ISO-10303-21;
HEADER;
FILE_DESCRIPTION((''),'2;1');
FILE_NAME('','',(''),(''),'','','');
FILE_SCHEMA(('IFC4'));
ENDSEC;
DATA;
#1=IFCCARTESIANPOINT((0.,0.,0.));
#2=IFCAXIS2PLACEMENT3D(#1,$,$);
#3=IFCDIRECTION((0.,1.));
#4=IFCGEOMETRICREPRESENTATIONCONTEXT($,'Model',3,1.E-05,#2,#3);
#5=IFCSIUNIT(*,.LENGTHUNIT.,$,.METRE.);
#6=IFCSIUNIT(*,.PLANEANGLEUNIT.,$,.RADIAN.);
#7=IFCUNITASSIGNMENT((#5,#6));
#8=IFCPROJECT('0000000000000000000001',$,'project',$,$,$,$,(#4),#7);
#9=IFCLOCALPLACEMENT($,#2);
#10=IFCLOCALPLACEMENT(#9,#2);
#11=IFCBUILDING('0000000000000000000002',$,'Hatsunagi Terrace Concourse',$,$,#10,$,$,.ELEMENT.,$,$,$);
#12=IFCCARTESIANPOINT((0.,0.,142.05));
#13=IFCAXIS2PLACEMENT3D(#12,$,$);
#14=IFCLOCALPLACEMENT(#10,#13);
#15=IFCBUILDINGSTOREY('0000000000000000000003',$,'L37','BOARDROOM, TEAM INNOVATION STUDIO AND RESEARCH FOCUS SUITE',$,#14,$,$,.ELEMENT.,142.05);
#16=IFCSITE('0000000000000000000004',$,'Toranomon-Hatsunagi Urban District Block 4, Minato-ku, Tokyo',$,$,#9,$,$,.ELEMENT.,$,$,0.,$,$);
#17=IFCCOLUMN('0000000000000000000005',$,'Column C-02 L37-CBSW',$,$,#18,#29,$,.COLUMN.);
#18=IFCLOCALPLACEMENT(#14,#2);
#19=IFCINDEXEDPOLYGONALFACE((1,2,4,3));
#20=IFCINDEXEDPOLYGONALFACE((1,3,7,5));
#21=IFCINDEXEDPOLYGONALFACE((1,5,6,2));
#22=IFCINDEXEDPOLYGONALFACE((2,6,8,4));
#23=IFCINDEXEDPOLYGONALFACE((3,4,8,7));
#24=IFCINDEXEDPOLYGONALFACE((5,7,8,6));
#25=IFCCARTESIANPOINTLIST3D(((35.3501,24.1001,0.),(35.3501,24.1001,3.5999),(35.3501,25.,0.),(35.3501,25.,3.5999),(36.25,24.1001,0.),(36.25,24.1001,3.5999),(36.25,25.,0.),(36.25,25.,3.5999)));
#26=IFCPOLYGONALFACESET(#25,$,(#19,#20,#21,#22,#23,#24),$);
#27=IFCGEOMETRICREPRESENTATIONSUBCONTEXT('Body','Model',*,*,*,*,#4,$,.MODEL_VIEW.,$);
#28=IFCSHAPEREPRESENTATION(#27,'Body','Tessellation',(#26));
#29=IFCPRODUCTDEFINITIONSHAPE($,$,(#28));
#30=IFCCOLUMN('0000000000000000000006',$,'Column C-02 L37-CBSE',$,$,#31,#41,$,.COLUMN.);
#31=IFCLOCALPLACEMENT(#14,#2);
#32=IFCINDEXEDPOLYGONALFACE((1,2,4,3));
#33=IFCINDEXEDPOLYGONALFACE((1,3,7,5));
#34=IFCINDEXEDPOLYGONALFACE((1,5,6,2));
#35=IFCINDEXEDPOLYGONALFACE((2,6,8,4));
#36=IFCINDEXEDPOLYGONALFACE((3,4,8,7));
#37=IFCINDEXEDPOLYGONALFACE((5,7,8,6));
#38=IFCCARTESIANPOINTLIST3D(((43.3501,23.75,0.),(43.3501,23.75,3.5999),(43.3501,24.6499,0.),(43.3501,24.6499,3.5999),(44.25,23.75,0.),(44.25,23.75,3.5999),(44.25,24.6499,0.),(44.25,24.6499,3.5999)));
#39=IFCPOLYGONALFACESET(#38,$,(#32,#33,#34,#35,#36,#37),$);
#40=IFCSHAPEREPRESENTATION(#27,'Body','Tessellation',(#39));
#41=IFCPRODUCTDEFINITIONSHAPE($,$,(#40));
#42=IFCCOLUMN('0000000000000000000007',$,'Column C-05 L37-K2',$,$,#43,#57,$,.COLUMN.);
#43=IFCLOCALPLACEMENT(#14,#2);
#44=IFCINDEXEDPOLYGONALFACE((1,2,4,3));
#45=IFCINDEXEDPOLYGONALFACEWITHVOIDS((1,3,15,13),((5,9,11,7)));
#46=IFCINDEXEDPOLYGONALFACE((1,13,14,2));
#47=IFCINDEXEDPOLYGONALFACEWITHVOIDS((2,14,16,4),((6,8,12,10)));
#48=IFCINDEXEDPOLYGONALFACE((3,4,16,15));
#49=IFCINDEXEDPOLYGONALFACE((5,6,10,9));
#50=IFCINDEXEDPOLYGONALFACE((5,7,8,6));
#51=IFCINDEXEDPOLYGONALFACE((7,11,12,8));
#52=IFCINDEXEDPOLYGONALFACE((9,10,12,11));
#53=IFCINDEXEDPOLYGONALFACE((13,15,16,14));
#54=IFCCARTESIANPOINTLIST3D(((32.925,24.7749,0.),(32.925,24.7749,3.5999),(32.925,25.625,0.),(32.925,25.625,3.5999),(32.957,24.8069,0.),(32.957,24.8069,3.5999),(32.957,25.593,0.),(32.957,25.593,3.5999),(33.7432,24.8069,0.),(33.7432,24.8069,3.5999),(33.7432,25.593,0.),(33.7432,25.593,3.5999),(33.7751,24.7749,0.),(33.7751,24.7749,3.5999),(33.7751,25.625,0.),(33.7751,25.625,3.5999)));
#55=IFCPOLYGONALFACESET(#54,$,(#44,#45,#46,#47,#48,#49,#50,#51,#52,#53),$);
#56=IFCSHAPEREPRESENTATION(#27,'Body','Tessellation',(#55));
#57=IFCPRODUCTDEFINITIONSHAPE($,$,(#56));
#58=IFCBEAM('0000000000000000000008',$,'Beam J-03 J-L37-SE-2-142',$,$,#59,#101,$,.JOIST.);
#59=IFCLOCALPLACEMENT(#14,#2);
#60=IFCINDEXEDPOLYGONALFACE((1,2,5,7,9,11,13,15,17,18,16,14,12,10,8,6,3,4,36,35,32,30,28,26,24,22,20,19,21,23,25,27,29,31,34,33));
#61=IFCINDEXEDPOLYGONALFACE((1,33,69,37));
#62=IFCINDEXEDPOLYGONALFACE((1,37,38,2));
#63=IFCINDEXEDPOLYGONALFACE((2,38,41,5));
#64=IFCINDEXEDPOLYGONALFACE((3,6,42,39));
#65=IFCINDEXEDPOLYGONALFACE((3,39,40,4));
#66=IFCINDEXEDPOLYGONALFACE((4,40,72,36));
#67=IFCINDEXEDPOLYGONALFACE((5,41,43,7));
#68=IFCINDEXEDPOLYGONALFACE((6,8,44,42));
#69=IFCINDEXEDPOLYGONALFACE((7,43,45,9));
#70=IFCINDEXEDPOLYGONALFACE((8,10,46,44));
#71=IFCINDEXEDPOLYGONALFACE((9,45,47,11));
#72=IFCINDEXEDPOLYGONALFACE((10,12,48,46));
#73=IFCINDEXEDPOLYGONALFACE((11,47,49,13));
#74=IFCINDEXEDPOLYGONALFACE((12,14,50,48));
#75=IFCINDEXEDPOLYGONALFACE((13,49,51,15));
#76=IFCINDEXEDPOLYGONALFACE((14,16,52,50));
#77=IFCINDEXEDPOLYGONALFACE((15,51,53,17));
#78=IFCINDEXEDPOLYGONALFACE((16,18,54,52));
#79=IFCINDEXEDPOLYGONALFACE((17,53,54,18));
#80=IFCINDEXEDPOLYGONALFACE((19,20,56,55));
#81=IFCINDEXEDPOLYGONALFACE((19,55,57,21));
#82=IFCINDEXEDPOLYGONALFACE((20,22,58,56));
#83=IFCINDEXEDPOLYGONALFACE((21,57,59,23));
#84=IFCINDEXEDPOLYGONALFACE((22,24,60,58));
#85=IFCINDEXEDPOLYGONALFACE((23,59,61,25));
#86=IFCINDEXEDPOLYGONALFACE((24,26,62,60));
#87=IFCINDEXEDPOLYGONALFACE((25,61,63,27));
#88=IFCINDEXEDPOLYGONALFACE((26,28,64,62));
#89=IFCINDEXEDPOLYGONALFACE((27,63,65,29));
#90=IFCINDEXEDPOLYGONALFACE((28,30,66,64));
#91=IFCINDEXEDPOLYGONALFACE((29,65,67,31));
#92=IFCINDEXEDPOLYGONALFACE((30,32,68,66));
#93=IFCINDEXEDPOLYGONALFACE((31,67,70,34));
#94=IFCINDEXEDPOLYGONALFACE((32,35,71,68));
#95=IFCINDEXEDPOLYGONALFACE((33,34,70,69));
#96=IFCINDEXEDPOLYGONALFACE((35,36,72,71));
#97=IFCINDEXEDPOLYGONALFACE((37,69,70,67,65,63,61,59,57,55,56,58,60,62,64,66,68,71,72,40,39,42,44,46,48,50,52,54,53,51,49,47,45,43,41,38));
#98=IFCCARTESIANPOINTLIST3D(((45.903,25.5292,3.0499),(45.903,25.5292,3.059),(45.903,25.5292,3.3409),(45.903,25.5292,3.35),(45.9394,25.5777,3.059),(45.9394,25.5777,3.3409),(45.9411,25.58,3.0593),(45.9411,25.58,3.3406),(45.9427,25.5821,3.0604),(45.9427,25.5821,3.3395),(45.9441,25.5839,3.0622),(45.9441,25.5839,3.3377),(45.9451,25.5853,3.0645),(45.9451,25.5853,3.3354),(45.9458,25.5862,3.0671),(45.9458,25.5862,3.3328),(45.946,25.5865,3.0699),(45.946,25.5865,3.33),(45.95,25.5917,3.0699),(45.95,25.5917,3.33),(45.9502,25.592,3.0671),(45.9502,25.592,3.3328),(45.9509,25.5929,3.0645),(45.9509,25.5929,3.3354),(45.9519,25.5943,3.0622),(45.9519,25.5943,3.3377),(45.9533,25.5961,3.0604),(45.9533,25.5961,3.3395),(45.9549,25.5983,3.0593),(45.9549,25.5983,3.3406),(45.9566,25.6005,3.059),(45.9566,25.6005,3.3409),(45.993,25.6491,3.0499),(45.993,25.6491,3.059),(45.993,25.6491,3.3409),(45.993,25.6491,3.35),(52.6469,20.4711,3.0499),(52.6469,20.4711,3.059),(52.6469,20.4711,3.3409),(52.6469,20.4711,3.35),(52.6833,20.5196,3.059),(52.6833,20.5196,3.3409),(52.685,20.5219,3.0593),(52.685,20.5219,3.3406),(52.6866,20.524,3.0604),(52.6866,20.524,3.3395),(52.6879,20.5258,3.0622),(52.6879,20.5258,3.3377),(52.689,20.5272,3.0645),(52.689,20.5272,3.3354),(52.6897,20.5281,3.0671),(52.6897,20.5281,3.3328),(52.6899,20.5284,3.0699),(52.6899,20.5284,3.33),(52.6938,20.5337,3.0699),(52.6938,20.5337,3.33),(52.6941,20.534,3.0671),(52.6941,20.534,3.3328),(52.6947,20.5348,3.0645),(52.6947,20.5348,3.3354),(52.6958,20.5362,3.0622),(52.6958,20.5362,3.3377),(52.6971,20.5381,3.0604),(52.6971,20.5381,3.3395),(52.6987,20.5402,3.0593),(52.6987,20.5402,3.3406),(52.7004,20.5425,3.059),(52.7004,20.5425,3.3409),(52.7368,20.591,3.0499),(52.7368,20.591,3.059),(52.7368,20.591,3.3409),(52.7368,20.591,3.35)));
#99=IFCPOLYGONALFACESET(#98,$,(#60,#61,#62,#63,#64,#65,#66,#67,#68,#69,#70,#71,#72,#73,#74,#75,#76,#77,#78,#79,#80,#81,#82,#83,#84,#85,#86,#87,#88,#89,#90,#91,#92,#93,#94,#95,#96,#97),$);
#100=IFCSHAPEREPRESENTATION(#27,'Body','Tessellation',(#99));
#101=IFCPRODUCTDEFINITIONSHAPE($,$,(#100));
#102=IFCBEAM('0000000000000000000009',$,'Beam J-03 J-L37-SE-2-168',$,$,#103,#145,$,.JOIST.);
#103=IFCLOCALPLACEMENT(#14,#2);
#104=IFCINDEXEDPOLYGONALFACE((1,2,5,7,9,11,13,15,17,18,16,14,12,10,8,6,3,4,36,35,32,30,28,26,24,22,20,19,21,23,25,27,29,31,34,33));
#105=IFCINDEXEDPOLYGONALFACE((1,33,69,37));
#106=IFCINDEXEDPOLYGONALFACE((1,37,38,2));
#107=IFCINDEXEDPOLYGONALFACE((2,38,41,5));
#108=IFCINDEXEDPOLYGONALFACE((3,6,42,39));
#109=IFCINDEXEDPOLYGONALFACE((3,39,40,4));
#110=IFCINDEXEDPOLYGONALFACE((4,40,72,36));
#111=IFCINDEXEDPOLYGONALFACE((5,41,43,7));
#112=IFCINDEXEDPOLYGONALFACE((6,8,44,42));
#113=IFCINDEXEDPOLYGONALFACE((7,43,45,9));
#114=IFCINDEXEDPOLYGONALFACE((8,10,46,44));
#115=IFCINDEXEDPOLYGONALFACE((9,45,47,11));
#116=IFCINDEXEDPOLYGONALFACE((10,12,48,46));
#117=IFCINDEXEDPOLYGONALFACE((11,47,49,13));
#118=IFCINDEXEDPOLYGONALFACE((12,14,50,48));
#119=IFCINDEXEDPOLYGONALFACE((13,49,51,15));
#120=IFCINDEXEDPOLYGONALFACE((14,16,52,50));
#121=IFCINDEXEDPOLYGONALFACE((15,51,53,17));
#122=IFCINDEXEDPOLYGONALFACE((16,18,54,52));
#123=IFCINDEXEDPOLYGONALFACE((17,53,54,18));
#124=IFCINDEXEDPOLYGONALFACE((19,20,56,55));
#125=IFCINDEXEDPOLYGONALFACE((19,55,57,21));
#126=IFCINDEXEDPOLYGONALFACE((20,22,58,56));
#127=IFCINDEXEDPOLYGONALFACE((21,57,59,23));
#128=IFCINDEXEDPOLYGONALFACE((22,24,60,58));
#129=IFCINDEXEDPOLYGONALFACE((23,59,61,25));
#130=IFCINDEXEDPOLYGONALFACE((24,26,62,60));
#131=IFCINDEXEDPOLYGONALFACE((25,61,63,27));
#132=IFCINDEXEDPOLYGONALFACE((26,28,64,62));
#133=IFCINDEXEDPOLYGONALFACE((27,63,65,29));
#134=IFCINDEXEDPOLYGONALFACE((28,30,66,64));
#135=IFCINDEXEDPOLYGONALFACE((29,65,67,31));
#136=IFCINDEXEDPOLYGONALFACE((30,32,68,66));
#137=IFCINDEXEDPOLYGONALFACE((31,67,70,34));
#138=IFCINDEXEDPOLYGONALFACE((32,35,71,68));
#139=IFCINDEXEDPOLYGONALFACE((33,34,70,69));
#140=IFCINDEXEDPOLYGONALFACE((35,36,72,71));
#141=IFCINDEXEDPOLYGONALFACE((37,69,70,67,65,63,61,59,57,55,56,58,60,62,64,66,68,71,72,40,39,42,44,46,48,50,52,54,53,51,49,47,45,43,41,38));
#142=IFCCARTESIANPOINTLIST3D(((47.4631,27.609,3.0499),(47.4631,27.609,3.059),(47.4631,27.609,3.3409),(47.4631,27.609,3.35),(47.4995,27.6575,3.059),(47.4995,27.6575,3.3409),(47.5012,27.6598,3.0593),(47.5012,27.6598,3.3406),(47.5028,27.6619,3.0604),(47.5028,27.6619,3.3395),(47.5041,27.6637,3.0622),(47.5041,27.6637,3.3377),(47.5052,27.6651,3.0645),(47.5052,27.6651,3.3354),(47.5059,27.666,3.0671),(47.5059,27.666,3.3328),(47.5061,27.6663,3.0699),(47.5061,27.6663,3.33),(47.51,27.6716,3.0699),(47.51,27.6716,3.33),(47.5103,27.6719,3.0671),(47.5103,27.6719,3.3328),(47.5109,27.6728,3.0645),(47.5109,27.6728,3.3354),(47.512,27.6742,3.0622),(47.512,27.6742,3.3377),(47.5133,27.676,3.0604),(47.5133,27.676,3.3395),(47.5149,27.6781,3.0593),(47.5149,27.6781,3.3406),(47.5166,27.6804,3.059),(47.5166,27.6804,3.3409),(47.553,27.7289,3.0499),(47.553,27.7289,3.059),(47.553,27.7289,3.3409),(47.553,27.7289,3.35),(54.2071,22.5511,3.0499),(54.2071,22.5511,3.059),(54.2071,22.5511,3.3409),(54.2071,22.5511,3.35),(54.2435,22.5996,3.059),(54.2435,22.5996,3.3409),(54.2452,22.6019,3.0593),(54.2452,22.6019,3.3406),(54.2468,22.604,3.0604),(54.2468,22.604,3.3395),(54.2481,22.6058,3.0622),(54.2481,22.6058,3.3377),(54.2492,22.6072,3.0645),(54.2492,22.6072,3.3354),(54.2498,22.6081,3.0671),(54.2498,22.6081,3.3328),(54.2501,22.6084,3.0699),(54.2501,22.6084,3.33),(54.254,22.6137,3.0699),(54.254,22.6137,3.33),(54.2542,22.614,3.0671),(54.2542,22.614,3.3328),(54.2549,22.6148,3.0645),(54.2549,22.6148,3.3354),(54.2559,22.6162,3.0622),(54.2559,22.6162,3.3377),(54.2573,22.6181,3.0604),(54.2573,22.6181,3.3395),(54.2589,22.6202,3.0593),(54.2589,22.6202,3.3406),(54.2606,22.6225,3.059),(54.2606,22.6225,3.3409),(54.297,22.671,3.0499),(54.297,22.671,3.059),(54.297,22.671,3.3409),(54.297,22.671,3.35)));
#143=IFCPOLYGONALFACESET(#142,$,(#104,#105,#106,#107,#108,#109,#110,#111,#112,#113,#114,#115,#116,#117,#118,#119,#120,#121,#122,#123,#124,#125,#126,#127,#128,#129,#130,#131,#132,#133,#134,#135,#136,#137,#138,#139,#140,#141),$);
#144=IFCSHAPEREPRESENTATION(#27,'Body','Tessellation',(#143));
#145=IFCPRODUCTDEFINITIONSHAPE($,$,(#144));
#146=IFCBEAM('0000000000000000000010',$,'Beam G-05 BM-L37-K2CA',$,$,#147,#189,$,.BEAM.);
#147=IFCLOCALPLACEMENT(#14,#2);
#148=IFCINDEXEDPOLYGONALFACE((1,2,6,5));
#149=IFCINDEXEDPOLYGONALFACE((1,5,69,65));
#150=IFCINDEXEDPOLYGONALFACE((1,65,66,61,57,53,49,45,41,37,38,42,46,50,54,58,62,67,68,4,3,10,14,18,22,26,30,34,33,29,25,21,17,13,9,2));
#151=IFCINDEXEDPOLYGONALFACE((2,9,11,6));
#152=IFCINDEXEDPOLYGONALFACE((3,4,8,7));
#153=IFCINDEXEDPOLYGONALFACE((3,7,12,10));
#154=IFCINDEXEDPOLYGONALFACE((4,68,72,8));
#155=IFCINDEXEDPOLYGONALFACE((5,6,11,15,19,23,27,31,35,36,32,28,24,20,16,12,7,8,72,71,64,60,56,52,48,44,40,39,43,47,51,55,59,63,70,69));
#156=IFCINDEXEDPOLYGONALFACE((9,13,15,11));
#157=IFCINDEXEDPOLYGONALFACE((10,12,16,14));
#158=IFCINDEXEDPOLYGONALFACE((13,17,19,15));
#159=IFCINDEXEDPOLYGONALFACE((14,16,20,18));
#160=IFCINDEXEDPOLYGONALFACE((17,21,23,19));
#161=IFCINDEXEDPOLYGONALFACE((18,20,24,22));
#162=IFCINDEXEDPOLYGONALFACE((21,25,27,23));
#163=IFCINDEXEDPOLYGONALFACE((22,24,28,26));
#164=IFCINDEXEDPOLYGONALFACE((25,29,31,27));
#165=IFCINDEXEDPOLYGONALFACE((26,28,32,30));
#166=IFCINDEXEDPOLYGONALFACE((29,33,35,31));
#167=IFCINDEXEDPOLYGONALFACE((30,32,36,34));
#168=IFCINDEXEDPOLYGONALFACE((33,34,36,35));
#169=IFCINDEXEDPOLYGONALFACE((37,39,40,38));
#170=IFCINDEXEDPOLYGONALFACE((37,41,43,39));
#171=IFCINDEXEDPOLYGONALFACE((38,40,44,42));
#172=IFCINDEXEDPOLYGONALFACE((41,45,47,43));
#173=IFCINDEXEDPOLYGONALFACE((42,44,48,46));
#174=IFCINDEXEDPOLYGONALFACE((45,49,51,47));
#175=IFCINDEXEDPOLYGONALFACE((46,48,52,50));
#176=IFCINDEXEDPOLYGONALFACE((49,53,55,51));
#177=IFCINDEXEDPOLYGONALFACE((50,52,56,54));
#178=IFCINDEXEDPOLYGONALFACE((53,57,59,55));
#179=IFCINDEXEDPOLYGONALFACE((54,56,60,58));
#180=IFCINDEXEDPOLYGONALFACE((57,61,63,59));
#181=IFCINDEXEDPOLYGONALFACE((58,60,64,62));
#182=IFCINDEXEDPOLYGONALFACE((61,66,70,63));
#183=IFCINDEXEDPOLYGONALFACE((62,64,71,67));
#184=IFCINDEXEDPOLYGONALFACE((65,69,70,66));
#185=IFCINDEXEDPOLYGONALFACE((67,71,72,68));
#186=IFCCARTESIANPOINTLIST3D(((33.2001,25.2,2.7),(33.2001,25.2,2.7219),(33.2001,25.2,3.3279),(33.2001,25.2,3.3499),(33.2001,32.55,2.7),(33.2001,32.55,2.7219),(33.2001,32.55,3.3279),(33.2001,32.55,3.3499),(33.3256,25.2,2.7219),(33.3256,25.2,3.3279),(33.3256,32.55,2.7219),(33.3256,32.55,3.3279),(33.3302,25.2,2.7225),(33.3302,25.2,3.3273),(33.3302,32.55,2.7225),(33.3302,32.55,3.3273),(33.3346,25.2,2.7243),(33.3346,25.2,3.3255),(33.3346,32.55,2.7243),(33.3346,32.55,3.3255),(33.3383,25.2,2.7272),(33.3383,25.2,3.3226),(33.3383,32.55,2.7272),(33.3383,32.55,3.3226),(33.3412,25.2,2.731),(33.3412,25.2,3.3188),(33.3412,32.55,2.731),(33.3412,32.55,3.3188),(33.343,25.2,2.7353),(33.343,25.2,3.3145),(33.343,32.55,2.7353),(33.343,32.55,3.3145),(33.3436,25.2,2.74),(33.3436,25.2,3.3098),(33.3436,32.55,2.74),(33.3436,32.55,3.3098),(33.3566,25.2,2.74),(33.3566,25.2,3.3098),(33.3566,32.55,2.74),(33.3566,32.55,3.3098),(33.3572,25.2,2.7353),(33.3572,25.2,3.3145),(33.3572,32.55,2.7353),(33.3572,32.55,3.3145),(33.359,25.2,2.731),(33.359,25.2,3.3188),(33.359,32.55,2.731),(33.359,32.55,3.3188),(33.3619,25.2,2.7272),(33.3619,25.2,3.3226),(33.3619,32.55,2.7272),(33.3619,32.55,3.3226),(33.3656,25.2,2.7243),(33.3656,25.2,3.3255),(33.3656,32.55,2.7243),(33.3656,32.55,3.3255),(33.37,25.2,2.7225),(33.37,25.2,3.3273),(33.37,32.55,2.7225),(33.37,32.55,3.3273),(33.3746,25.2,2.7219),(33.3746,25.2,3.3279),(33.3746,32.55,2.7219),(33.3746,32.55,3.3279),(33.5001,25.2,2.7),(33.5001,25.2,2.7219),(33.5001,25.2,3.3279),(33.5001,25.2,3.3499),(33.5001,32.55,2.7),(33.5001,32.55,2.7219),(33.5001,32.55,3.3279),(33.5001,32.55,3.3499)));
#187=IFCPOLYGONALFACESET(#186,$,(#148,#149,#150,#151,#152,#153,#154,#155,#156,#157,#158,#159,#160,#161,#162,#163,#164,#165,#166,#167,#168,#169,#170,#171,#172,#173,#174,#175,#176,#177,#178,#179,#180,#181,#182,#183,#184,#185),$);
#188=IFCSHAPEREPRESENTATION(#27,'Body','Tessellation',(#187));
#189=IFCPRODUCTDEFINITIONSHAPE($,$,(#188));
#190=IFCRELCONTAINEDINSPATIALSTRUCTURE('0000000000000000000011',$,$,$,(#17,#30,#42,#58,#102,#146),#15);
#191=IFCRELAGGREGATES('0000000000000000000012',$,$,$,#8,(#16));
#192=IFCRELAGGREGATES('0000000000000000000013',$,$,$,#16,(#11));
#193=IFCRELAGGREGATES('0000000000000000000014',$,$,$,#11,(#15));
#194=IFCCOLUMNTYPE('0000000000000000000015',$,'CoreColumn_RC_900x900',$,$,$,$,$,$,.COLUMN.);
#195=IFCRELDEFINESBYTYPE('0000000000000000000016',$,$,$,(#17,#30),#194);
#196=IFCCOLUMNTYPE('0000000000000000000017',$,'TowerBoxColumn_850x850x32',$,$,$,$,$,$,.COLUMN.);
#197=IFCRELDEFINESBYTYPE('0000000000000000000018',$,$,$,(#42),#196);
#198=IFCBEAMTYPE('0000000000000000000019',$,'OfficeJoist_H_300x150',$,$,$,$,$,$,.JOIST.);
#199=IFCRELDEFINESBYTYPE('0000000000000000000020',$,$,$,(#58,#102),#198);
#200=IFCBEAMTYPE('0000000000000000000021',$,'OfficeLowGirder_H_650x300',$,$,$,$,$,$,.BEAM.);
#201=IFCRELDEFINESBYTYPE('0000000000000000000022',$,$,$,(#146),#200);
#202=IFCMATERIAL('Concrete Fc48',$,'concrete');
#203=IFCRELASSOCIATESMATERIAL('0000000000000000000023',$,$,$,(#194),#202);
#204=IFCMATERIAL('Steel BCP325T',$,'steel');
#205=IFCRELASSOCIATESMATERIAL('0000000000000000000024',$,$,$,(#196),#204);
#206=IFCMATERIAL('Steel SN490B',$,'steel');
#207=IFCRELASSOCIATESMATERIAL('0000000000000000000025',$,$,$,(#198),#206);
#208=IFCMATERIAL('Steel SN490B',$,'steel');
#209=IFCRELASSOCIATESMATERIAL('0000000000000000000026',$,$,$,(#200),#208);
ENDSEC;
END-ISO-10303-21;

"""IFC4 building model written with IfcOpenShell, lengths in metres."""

from ifc_helpers import new_model, si_unit, direction, frame, origin, origin_2d, place, context, subcontext, project, spatial, rectangle, hollow_rectangle, i_section, extrude, material, material_profile, profile_set, type_object, element, save


model = new_model("IFC4")

# Units and contexts
model_context = context("Model", 3, precision=1e-05, world=origin(), true_north=direction((0.0, 1.0)))
body_context = subcontext(model_context, "Body", "Model", "MODEL_VIEW")
ifc_project = project(units=[si_unit("LENGTHUNIT", "METRE"), si_unit("PLANEANGLEUNIT", "RADIAN")], contexts=[model_context])

# Site, building, storey
site_placement = place(None, origin())
site = spatial("IfcSite", under=ifc_project, at=site_placement, Name="Toranomon-Hatsunagi Urban District Block 4, Minato-ku, Tokyo", CompositionType="ELEMENT", RefElevation=0.0)
building_placement = place(site_placement, origin())
building = spatial("IfcBuilding", under=site, at=building_placement, Name="Hatsunagi Terrace Concourse", CompositionType="ELEMENT")
storey_placement = place(building_placement, frame((0.0, 0.0, 142.05)))
storey = spatial("IfcBuildingStorey", under=building, at=storey_placement, Name="L37", Description="BOARDROOM, TEAM INNOVATION STUDIO AND RESEARCH FOCUS SUITE", CompositionType="ELEMENT", Elevation=142.05)

# Columns
ifc_material_1 = material(Name="Concrete Fc48", Category="concrete")
ifc_material_profile_1 = material_profile(ifc_material_1, rectangle(XDim=0.8999, YDim=0.8999, at=origin_2d()), Name="RC-900x900")
ifc_profile_set_1 = profile_set([ifc_material_profile_1], Name="Concrete Fc48")
column_type_1 = type_object("IfcColumnType", Name="CoreColumn_RC_900x900", PredefinedType="COLUMN", material=ifc_profile_set_1)
for number, where, z_axis, x_axis, name in (
    (1, (35.8, 24.55, 0.0), (0.0, 0.0, 1.0), (1.0, 0.0, 0.0), "Column C-02 L37-CBSW"),
    (2, (43.8, 24.2, 0.0), (0.0, 0.0, 1.0), (1.0, 0.0, 0.0), "Column C-02 L37-CBSE"),
):
    element("IfcColumn", number, at=place(storey_placement, frame(where, z_axis=z_axis, x_axis=x_axis)), inside=storey, type_object=column_type_1, Name=name, PredefinedType="COLUMN", context=body_context, shape_type="SweptSolid", body=[
        extrude(rectangle(XDim=0.8999, YDim=0.8999, at=origin_2d()), origin(), (0.0, 0.0, 1.0), 3.5999),
    ])
ifc_material_2 = material(Name="Steel BCP325T", Category="steel")
ifc_material_profile_2 = material_profile(ifc_material_2, hollow_rectangle(XDim=0.8501, YDim=0.8501, WallThickness=0.032, at=origin_2d()), Name="BCP-850x850x32")
ifc_profile_set_2 = profile_set([ifc_material_profile_2], Name="Steel BCP325T")
column_type_2 = type_object("IfcColumnType", Name="TowerBoxColumn_850x850x32", PredefinedType="COLUMN", material=ifc_profile_set_2)
column_placement = place(storey_placement, frame((33.3501, 25.2, 0.0), z_axis=(0.0, 0.0, 1.0), x_axis=(1.0, 0.0, 0.0)))
element("IfcColumn", 3, at=column_placement, inside=storey, type_object=column_type_2, Name="Column C-05 L37-K2", PredefinedType="COLUMN", context=body_context, shape_type="SweptSolid", body=[
    extrude(hollow_rectangle(XDim=0.8501, YDim=0.8501, WallThickness=0.032, at=origin_2d()), origin(), (0.0, 0.0, 1.0), 3.5999),
])

# Beams
ifc_material_3 = material(Name="Steel SN490B", Category="steel")
ifc_material_profile_3 = material_profile(ifc_material_3, i_section(OverallWidth=0.1499, OverallDepth=0.3, WebThickness=0.0066, FlangeThickness=0.009, FilletRadius=0.011, at=origin_2d()), Name="H-300x150x6.5x9")
ifc_profile_set_3 = profile_set([ifc_material_profile_3], Name="Steel SN490B")
beam_type_1 = type_object("IfcBeamType", Name="OfficeJoist_H_300x150", PredefinedType="JOIST", material=ifc_profile_set_3)
for number, where, z_axis, x_axis, name in (
    (4, (45.948, 25.5891, 3.2), (0.79999, -0.600014, 0.0), (0.600014, 0.79999, 0.0), "Beam J-03 J-L37-SE-2-142"),
    (5, (47.5081, 27.6689, 3.2), (0.800003, -0.599995, 0.0), (0.599995, 0.800003, 0.0), "Beam J-03 J-L37-SE-2-168"),
):
    element("IfcBeam", number, at=place(storey_placement, frame(where, z_axis=z_axis, x_axis=x_axis)), inside=storey, type_object=beam_type_1, Name=name, PredefinedType="JOIST", context=body_context, shape_type="SweptSolid", body=[
        extrude(i_section(OverallWidth=0.1499, OverallDepth=0.3, WebThickness=0.0066, FlangeThickness=0.009, FilletRadius=0.011, at=origin_2d()), origin(), (0.0, 0.0, 1.0), 8.4299),
    ])
ifc_material_4 = material(Name="Steel SN490B", Category="steel")
ifc_material_profile_4 = material_profile(ifc_material_4, i_section(OverallWidth=0.3, OverallDepth=0.6499, WebThickness=0.0129, FlangeThickness=0.022, FilletRadius=0.0181, at=origin_2d()), Name="H-650x300x13x22")
ifc_profile_set_4 = profile_set([ifc_material_profile_4], Name="Steel SN490B")
beam_type_2 = type_object("IfcBeamType", Name="OfficeLowGirder_H_650x300", PredefinedType="BEAM", material=ifc_profile_set_4)
beam_1_placement = place(storey_placement, frame((33.3501, 25.2, 3.0249), z_axis=(0.0, 1.0, 0.0), x_axis=(-1.0, 0.0, 0.0)))
element("IfcBeam", 6, at=beam_1_placement, inside=storey, type_object=beam_type_2, Name="Beam G-05 BM-L37-K2CA", PredefinedType="BEAM", context=body_context, shape_type="SweptSolid", body=[
    extrude(i_section(OverallWidth=0.3, OverallDepth=0.6499, WebThickness=0.0129, FlangeThickness=0.022, FilletRadius=0.0181, at=origin_2d()), origin(), (0.0, 0.0, 1.0), 7.3501),
])

save(model, "model.ifc")
